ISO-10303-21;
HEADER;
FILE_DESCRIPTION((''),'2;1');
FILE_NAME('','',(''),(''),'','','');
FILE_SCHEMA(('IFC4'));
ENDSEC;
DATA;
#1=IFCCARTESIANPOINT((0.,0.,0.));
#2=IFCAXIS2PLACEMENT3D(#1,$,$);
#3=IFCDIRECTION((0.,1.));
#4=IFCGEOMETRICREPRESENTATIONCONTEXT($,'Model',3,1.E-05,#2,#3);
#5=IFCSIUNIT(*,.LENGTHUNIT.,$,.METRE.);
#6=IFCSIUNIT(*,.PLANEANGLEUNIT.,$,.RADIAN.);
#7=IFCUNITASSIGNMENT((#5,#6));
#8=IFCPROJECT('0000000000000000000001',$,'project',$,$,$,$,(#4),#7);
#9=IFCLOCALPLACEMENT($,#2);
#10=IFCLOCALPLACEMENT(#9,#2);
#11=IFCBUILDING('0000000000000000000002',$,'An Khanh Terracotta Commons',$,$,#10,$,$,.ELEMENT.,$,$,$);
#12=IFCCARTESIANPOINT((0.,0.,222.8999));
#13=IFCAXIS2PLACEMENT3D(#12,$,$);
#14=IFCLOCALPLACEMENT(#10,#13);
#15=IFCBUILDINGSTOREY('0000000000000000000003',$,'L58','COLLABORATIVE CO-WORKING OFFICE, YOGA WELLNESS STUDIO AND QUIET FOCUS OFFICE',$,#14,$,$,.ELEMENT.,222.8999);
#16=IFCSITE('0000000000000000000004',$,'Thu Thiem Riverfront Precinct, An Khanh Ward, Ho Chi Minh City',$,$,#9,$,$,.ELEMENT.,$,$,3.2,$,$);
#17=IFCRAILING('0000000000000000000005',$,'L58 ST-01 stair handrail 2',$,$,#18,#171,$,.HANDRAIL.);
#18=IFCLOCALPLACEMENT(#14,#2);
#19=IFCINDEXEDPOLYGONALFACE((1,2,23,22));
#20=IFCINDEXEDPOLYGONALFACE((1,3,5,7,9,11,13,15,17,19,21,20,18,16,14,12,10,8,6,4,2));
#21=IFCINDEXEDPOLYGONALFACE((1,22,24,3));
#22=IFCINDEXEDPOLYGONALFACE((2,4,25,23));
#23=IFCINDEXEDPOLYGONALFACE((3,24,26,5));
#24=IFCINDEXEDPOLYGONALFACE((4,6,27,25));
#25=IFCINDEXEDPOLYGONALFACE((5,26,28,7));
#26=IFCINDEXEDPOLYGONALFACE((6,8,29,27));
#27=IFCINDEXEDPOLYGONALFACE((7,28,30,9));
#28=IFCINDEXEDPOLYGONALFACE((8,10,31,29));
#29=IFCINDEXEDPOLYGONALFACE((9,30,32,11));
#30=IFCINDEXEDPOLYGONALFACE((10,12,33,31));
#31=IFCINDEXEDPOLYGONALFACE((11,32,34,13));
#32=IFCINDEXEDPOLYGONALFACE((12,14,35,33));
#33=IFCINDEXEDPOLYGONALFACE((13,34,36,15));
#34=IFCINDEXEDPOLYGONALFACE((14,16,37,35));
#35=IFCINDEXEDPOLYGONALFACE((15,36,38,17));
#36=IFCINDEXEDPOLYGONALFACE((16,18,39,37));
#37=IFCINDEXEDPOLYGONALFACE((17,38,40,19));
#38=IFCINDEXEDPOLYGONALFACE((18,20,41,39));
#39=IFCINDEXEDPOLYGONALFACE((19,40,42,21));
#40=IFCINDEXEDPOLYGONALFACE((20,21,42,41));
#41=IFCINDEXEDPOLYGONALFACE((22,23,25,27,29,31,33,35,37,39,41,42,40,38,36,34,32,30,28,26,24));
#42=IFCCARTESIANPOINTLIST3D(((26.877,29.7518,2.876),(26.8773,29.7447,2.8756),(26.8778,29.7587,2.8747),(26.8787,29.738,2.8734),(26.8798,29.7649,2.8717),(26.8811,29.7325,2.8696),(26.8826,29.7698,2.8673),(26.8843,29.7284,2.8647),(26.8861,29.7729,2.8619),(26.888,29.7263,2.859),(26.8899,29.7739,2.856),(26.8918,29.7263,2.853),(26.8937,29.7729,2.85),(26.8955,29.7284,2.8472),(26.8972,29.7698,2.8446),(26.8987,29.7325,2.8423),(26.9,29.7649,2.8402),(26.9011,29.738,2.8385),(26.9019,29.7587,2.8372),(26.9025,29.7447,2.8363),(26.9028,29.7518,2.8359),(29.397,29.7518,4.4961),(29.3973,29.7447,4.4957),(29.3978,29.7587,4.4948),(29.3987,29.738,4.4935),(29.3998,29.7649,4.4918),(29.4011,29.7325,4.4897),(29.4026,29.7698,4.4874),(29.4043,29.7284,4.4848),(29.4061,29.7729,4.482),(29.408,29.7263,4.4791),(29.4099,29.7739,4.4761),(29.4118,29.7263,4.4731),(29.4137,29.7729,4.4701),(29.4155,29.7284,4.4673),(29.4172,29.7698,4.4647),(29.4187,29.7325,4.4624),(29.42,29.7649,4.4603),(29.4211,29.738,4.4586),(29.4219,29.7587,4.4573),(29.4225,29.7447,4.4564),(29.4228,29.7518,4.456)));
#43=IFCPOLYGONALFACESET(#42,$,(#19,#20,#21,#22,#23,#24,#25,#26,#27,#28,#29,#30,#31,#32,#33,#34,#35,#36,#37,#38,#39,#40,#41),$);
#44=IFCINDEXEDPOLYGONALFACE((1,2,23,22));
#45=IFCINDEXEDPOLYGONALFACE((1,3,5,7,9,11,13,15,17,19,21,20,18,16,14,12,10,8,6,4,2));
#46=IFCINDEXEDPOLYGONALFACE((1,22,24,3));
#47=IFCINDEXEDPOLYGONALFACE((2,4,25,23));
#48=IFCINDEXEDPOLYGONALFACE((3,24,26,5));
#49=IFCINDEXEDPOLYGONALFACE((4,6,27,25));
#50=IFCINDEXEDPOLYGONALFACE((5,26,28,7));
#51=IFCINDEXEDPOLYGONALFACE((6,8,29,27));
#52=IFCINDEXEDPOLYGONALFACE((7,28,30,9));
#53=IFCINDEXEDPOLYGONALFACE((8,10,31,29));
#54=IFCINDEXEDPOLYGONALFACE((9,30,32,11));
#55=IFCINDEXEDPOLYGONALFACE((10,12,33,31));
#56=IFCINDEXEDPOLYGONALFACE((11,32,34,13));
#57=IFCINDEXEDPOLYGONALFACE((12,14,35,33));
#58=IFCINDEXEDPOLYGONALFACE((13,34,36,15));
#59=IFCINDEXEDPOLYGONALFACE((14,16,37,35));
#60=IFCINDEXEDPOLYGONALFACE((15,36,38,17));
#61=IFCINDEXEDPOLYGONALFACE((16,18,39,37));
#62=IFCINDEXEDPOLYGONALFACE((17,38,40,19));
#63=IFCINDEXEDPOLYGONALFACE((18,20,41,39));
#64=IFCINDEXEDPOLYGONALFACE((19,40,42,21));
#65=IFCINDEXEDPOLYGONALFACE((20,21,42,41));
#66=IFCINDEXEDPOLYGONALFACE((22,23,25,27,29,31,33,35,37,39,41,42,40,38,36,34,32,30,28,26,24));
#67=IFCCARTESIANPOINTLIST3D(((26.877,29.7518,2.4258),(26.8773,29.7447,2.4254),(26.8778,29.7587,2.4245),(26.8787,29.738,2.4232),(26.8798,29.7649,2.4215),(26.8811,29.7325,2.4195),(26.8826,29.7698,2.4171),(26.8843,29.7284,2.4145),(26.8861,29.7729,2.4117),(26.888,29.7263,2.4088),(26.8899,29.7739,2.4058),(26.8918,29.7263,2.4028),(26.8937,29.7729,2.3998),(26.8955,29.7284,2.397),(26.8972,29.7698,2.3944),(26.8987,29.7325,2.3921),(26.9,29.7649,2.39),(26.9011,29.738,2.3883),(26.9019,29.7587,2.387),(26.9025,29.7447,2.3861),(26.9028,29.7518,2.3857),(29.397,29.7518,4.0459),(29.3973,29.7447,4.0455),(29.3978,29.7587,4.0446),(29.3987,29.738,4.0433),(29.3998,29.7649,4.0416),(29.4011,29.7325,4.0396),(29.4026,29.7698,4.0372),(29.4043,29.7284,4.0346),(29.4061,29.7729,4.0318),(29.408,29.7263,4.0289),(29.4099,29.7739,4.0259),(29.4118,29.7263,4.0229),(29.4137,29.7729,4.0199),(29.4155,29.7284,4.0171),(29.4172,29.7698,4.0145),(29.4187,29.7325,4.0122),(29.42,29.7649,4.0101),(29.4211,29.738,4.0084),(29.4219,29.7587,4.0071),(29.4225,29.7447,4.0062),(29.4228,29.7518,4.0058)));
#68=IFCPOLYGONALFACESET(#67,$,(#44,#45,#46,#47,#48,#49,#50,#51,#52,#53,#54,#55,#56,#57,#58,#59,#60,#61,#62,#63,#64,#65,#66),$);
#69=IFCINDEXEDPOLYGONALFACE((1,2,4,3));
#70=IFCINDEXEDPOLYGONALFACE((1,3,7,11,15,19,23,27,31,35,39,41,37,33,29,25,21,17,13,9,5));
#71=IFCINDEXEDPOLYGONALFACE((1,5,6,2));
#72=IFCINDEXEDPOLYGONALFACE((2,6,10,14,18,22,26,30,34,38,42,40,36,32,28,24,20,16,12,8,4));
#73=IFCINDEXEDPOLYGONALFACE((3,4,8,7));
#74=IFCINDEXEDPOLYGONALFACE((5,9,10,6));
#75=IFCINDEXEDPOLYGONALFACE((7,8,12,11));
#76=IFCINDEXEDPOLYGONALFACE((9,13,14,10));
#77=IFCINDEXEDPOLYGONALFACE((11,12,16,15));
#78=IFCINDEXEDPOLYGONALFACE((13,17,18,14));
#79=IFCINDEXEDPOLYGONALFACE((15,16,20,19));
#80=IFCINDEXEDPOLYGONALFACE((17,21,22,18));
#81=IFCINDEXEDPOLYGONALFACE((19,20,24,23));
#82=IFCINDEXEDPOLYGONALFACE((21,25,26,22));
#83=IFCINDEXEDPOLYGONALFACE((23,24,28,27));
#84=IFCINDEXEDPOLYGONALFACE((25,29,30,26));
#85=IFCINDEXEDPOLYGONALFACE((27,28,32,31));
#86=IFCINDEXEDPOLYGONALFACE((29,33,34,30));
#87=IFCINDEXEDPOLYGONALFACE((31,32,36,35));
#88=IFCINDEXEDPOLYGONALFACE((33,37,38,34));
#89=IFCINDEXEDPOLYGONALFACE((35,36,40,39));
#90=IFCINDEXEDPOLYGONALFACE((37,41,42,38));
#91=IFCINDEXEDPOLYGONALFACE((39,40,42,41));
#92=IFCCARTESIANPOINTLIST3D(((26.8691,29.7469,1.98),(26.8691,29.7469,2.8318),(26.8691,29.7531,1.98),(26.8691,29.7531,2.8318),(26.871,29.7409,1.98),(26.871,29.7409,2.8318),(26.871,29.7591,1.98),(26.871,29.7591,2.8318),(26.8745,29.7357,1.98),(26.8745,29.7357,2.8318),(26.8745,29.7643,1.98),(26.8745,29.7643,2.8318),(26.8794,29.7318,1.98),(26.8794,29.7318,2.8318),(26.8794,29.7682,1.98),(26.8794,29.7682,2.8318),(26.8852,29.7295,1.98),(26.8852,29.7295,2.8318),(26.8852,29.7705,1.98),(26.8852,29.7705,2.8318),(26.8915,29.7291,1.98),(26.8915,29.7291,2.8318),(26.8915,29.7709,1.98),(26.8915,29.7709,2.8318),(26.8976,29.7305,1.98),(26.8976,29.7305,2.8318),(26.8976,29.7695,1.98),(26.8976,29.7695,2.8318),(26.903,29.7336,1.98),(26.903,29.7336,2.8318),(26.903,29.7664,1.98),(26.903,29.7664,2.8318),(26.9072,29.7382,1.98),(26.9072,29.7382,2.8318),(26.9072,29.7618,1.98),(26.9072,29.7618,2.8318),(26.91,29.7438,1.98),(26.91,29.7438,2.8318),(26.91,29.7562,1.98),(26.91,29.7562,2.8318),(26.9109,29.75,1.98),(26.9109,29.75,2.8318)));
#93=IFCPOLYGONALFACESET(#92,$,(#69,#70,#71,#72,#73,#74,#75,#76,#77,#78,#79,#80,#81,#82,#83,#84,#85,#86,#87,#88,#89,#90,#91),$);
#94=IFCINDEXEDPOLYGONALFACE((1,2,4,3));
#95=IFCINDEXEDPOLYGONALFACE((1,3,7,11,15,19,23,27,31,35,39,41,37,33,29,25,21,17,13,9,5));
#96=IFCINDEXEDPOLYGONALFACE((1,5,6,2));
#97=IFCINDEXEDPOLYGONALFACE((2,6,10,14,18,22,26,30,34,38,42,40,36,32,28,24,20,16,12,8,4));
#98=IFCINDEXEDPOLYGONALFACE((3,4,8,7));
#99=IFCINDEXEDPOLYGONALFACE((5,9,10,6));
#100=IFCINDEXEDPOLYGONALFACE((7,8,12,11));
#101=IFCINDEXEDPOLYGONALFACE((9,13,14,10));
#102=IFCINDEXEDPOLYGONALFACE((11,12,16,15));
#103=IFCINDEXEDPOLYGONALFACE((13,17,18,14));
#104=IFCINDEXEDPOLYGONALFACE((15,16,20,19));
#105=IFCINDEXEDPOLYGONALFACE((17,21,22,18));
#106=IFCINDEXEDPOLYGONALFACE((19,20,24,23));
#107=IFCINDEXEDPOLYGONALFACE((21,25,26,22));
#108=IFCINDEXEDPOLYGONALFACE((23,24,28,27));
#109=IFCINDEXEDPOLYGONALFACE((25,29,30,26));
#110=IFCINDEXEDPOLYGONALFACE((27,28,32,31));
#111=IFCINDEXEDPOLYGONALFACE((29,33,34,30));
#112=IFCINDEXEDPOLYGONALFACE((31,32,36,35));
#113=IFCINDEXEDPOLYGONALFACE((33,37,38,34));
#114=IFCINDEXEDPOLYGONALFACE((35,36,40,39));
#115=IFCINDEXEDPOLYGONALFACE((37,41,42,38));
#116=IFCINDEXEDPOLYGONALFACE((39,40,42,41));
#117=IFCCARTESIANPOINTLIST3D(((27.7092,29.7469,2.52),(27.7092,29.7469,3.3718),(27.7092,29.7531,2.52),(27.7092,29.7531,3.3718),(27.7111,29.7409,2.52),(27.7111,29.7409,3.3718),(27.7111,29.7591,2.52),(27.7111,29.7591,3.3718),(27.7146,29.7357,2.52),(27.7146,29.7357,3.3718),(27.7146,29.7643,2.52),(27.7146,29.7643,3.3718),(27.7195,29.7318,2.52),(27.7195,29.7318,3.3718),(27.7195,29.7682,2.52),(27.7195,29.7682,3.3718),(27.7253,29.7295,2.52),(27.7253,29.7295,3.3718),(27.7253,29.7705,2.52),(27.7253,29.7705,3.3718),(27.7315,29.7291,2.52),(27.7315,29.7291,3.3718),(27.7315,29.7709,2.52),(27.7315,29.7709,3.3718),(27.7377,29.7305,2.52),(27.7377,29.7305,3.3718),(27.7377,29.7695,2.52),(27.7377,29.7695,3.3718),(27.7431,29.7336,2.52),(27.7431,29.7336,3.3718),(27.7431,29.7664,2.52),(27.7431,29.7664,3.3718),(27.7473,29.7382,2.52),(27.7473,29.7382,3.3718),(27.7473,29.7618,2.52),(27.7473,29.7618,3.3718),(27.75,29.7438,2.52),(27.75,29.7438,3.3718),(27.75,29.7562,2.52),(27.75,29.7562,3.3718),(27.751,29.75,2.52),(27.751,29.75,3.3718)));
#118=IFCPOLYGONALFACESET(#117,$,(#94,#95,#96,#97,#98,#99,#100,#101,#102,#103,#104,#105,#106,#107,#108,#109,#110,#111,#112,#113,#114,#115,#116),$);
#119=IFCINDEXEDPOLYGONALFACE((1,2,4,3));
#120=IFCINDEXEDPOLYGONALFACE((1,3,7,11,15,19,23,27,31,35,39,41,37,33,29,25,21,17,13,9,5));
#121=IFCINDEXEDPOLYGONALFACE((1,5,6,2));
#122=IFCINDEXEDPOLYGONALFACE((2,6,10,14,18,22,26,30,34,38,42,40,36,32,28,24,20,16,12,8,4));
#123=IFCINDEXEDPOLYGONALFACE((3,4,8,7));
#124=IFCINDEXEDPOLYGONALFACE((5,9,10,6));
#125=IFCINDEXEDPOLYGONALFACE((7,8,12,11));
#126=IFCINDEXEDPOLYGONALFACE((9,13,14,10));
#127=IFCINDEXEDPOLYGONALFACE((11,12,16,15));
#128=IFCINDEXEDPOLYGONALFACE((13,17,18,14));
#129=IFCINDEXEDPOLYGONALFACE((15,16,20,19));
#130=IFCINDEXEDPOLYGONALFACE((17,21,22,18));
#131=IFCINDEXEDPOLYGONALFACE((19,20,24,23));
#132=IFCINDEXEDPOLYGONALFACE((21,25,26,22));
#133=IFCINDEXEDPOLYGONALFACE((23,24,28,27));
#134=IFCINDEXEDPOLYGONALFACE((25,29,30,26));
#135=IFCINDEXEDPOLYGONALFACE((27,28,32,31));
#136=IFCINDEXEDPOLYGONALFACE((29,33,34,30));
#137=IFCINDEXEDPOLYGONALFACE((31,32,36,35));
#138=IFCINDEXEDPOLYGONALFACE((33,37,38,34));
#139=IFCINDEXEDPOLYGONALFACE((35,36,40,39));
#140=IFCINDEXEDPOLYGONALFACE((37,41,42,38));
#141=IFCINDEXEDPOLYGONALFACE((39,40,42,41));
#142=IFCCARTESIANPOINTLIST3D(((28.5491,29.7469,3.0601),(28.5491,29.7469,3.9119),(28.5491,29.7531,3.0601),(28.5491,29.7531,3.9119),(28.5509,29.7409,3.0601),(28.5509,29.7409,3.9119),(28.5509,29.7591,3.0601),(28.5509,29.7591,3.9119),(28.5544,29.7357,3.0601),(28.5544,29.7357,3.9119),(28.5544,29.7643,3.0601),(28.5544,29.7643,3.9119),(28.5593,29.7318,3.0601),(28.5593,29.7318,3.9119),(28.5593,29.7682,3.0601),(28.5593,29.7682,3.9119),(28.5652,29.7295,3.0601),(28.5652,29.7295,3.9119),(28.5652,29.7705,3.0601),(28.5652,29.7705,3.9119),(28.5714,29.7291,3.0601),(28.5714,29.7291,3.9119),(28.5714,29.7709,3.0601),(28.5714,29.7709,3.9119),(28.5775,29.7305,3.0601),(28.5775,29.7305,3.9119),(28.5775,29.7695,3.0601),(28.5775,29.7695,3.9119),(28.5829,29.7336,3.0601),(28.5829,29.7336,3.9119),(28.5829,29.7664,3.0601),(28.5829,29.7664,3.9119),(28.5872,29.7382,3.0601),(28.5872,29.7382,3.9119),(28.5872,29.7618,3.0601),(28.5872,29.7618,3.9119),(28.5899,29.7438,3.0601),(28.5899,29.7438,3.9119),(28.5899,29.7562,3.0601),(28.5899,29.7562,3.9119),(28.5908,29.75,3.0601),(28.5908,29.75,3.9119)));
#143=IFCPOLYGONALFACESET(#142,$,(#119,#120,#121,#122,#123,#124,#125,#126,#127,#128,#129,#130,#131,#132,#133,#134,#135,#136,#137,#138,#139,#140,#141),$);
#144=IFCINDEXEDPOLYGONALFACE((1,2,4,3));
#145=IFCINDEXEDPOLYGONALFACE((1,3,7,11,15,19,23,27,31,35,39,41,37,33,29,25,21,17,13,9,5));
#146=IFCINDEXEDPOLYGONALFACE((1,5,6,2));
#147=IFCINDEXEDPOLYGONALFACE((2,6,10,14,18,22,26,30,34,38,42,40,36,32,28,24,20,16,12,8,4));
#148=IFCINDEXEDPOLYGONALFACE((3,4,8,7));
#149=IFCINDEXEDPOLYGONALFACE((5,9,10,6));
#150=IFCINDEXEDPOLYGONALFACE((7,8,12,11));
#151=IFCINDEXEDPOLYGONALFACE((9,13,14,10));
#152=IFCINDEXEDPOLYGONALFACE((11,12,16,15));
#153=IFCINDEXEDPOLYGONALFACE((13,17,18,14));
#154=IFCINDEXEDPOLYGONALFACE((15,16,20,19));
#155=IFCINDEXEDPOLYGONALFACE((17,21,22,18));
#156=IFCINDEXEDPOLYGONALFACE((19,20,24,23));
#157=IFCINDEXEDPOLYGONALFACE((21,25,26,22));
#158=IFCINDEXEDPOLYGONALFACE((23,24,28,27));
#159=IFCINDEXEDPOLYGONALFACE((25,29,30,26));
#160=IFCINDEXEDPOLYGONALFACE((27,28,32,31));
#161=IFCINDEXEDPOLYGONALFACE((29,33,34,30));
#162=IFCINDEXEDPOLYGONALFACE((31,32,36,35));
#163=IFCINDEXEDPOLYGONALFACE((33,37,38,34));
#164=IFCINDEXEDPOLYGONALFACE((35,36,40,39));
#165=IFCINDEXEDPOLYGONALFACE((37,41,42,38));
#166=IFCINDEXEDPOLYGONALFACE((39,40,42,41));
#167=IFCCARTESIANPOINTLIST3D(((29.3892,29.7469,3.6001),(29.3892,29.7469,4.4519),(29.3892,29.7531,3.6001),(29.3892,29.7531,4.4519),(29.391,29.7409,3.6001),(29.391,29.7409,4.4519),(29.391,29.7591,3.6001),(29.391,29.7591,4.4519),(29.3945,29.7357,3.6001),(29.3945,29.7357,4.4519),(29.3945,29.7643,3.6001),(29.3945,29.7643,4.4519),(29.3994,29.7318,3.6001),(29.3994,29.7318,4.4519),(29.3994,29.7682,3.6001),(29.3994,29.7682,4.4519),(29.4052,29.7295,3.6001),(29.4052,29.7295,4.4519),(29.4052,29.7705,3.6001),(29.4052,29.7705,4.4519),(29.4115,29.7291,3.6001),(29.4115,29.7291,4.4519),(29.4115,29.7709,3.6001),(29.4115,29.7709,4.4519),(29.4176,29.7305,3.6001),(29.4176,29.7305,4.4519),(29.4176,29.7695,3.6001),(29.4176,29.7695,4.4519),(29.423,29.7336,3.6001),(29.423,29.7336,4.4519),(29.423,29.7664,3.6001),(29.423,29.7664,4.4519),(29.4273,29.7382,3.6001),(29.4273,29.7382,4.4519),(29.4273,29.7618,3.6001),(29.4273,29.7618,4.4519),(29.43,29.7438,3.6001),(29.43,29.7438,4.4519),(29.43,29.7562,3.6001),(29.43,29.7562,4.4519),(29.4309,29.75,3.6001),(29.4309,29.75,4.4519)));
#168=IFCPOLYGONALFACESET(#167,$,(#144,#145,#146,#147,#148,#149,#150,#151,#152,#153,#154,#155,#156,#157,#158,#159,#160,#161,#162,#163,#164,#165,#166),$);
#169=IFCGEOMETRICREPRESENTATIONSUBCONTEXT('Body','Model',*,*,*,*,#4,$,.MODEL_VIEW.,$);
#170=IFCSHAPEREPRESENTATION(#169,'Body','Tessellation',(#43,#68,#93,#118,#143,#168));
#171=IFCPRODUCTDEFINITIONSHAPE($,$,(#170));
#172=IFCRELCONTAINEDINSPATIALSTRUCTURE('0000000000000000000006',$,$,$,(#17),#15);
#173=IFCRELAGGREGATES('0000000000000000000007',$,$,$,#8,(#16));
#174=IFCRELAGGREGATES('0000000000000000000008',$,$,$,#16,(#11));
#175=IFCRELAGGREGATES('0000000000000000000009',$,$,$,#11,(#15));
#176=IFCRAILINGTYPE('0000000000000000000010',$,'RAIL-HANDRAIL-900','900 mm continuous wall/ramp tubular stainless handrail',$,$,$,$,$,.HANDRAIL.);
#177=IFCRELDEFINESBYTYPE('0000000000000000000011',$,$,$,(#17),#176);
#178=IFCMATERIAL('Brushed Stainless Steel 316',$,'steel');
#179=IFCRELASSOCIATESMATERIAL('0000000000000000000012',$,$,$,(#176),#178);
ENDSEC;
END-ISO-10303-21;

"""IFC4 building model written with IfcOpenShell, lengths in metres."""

from ifc_helpers import new_model, si_unit, direction, frame, origin, origin_2d, place, context, subcontext, project, spatial, circle, extrude, material, type_object, element, save


model = new_model("IFC4")

# Units and contexts
model_context = context("Model", 3, precision=1e-05, world=origin(), true_north=direction((0.0, 1.0)))
body_context = subcontext(model_context, "Body", "Model", "MODEL_VIEW")
ifc_project = project(units=[si_unit("LENGTHUNIT", "METRE"), si_unit("PLANEANGLEUNIT", "RADIAN")], contexts=[model_context])

# Site, building, storey
site_placement = place(None, origin())
site = spatial("IfcSite", under=ifc_project, at=site_placement, Name="Thu Thiem Riverfront Precinct, An Khanh Ward, Ho Chi Minh City", CompositionType="ELEMENT", RefElevation=3.2)
building_placement = place(site_placement, origin())
building = spatial("IfcBuilding", under=site, at=building_placement, Name="An Khanh Terracotta Commons", CompositionType="ELEMENT")
storey_placement = place(building_placement, frame((0.0, 0.0, 222.8999)))
storey = spatial("IfcBuildingStorey", under=building, at=storey_placement, Name="L58", Description="COLLABORATIVE CO-WORKING OFFICE, YOGA WELLNESS STUDIO AND QUIET FOCUS OFFICE", CompositionType="ELEMENT", Elevation=222.8999)

# Railing
ifc_material_1 = material(Name="Brushed Stainless Steel 316", Category="steel")
railing_type_1 = type_object("IfcRailingType", Name="RAIL-HANDRAIL-900", Description="900 mm continuous wall/ramp tubular stainless handrail", PredefinedType="HANDRAIL", material=ifc_material_1)
railing_1_placement = place(storey_placement, frame((26.8899, 29.75, 1.98)))
element("IfcRailing", 1, at=railing_1_placement, inside=storey, type_object=railing_type_1, Name="L58 ST-01 stair handrail 2", PredefinedType="HANDRAIL", context=body_context, shape_type="SweptSolid", body=[
    extrude(circle(Radius=0.0239, at=origin_2d()), frame((0.0, 0.0, 0.876), z_axis=(0.841163, 0.0, 0.540782), x_axis=(0.0, 1.0, 0.0)), (0.0, 0.0, 1.0), 2.9958),
    extrude(circle(Radius=0.0239, at=origin_2d()), frame((0.0, 0.0, 0.4258), z_axis=(0.841163, 0.0, 0.540782), x_axis=(0.0, 1.0, 0.0)), (0.0, 0.0, 1.0), 2.9958),
    extrude(circle(Radius=0.021, at=origin_2d()), origin(), (0.0, 0.0, 1.0), 0.8518),
    extrude(circle(Radius=0.021, at=origin_2d()), frame((0.8401, 0.0, 0.54)), (0.0, 0.0, 1.0), 0.8518),
    extrude(circle(Radius=0.021, at=origin_2d()), frame((1.6799, 0.0, 1.0801)), (0.0, 0.0, 1.0), 0.8518),
    extrude(circle(Radius=0.021, at=origin_2d()), frame((2.52, 0.0, 1.6201)), (0.0, 0.0, 1.0), 0.8518),
])

save(model, "model.ifc")
